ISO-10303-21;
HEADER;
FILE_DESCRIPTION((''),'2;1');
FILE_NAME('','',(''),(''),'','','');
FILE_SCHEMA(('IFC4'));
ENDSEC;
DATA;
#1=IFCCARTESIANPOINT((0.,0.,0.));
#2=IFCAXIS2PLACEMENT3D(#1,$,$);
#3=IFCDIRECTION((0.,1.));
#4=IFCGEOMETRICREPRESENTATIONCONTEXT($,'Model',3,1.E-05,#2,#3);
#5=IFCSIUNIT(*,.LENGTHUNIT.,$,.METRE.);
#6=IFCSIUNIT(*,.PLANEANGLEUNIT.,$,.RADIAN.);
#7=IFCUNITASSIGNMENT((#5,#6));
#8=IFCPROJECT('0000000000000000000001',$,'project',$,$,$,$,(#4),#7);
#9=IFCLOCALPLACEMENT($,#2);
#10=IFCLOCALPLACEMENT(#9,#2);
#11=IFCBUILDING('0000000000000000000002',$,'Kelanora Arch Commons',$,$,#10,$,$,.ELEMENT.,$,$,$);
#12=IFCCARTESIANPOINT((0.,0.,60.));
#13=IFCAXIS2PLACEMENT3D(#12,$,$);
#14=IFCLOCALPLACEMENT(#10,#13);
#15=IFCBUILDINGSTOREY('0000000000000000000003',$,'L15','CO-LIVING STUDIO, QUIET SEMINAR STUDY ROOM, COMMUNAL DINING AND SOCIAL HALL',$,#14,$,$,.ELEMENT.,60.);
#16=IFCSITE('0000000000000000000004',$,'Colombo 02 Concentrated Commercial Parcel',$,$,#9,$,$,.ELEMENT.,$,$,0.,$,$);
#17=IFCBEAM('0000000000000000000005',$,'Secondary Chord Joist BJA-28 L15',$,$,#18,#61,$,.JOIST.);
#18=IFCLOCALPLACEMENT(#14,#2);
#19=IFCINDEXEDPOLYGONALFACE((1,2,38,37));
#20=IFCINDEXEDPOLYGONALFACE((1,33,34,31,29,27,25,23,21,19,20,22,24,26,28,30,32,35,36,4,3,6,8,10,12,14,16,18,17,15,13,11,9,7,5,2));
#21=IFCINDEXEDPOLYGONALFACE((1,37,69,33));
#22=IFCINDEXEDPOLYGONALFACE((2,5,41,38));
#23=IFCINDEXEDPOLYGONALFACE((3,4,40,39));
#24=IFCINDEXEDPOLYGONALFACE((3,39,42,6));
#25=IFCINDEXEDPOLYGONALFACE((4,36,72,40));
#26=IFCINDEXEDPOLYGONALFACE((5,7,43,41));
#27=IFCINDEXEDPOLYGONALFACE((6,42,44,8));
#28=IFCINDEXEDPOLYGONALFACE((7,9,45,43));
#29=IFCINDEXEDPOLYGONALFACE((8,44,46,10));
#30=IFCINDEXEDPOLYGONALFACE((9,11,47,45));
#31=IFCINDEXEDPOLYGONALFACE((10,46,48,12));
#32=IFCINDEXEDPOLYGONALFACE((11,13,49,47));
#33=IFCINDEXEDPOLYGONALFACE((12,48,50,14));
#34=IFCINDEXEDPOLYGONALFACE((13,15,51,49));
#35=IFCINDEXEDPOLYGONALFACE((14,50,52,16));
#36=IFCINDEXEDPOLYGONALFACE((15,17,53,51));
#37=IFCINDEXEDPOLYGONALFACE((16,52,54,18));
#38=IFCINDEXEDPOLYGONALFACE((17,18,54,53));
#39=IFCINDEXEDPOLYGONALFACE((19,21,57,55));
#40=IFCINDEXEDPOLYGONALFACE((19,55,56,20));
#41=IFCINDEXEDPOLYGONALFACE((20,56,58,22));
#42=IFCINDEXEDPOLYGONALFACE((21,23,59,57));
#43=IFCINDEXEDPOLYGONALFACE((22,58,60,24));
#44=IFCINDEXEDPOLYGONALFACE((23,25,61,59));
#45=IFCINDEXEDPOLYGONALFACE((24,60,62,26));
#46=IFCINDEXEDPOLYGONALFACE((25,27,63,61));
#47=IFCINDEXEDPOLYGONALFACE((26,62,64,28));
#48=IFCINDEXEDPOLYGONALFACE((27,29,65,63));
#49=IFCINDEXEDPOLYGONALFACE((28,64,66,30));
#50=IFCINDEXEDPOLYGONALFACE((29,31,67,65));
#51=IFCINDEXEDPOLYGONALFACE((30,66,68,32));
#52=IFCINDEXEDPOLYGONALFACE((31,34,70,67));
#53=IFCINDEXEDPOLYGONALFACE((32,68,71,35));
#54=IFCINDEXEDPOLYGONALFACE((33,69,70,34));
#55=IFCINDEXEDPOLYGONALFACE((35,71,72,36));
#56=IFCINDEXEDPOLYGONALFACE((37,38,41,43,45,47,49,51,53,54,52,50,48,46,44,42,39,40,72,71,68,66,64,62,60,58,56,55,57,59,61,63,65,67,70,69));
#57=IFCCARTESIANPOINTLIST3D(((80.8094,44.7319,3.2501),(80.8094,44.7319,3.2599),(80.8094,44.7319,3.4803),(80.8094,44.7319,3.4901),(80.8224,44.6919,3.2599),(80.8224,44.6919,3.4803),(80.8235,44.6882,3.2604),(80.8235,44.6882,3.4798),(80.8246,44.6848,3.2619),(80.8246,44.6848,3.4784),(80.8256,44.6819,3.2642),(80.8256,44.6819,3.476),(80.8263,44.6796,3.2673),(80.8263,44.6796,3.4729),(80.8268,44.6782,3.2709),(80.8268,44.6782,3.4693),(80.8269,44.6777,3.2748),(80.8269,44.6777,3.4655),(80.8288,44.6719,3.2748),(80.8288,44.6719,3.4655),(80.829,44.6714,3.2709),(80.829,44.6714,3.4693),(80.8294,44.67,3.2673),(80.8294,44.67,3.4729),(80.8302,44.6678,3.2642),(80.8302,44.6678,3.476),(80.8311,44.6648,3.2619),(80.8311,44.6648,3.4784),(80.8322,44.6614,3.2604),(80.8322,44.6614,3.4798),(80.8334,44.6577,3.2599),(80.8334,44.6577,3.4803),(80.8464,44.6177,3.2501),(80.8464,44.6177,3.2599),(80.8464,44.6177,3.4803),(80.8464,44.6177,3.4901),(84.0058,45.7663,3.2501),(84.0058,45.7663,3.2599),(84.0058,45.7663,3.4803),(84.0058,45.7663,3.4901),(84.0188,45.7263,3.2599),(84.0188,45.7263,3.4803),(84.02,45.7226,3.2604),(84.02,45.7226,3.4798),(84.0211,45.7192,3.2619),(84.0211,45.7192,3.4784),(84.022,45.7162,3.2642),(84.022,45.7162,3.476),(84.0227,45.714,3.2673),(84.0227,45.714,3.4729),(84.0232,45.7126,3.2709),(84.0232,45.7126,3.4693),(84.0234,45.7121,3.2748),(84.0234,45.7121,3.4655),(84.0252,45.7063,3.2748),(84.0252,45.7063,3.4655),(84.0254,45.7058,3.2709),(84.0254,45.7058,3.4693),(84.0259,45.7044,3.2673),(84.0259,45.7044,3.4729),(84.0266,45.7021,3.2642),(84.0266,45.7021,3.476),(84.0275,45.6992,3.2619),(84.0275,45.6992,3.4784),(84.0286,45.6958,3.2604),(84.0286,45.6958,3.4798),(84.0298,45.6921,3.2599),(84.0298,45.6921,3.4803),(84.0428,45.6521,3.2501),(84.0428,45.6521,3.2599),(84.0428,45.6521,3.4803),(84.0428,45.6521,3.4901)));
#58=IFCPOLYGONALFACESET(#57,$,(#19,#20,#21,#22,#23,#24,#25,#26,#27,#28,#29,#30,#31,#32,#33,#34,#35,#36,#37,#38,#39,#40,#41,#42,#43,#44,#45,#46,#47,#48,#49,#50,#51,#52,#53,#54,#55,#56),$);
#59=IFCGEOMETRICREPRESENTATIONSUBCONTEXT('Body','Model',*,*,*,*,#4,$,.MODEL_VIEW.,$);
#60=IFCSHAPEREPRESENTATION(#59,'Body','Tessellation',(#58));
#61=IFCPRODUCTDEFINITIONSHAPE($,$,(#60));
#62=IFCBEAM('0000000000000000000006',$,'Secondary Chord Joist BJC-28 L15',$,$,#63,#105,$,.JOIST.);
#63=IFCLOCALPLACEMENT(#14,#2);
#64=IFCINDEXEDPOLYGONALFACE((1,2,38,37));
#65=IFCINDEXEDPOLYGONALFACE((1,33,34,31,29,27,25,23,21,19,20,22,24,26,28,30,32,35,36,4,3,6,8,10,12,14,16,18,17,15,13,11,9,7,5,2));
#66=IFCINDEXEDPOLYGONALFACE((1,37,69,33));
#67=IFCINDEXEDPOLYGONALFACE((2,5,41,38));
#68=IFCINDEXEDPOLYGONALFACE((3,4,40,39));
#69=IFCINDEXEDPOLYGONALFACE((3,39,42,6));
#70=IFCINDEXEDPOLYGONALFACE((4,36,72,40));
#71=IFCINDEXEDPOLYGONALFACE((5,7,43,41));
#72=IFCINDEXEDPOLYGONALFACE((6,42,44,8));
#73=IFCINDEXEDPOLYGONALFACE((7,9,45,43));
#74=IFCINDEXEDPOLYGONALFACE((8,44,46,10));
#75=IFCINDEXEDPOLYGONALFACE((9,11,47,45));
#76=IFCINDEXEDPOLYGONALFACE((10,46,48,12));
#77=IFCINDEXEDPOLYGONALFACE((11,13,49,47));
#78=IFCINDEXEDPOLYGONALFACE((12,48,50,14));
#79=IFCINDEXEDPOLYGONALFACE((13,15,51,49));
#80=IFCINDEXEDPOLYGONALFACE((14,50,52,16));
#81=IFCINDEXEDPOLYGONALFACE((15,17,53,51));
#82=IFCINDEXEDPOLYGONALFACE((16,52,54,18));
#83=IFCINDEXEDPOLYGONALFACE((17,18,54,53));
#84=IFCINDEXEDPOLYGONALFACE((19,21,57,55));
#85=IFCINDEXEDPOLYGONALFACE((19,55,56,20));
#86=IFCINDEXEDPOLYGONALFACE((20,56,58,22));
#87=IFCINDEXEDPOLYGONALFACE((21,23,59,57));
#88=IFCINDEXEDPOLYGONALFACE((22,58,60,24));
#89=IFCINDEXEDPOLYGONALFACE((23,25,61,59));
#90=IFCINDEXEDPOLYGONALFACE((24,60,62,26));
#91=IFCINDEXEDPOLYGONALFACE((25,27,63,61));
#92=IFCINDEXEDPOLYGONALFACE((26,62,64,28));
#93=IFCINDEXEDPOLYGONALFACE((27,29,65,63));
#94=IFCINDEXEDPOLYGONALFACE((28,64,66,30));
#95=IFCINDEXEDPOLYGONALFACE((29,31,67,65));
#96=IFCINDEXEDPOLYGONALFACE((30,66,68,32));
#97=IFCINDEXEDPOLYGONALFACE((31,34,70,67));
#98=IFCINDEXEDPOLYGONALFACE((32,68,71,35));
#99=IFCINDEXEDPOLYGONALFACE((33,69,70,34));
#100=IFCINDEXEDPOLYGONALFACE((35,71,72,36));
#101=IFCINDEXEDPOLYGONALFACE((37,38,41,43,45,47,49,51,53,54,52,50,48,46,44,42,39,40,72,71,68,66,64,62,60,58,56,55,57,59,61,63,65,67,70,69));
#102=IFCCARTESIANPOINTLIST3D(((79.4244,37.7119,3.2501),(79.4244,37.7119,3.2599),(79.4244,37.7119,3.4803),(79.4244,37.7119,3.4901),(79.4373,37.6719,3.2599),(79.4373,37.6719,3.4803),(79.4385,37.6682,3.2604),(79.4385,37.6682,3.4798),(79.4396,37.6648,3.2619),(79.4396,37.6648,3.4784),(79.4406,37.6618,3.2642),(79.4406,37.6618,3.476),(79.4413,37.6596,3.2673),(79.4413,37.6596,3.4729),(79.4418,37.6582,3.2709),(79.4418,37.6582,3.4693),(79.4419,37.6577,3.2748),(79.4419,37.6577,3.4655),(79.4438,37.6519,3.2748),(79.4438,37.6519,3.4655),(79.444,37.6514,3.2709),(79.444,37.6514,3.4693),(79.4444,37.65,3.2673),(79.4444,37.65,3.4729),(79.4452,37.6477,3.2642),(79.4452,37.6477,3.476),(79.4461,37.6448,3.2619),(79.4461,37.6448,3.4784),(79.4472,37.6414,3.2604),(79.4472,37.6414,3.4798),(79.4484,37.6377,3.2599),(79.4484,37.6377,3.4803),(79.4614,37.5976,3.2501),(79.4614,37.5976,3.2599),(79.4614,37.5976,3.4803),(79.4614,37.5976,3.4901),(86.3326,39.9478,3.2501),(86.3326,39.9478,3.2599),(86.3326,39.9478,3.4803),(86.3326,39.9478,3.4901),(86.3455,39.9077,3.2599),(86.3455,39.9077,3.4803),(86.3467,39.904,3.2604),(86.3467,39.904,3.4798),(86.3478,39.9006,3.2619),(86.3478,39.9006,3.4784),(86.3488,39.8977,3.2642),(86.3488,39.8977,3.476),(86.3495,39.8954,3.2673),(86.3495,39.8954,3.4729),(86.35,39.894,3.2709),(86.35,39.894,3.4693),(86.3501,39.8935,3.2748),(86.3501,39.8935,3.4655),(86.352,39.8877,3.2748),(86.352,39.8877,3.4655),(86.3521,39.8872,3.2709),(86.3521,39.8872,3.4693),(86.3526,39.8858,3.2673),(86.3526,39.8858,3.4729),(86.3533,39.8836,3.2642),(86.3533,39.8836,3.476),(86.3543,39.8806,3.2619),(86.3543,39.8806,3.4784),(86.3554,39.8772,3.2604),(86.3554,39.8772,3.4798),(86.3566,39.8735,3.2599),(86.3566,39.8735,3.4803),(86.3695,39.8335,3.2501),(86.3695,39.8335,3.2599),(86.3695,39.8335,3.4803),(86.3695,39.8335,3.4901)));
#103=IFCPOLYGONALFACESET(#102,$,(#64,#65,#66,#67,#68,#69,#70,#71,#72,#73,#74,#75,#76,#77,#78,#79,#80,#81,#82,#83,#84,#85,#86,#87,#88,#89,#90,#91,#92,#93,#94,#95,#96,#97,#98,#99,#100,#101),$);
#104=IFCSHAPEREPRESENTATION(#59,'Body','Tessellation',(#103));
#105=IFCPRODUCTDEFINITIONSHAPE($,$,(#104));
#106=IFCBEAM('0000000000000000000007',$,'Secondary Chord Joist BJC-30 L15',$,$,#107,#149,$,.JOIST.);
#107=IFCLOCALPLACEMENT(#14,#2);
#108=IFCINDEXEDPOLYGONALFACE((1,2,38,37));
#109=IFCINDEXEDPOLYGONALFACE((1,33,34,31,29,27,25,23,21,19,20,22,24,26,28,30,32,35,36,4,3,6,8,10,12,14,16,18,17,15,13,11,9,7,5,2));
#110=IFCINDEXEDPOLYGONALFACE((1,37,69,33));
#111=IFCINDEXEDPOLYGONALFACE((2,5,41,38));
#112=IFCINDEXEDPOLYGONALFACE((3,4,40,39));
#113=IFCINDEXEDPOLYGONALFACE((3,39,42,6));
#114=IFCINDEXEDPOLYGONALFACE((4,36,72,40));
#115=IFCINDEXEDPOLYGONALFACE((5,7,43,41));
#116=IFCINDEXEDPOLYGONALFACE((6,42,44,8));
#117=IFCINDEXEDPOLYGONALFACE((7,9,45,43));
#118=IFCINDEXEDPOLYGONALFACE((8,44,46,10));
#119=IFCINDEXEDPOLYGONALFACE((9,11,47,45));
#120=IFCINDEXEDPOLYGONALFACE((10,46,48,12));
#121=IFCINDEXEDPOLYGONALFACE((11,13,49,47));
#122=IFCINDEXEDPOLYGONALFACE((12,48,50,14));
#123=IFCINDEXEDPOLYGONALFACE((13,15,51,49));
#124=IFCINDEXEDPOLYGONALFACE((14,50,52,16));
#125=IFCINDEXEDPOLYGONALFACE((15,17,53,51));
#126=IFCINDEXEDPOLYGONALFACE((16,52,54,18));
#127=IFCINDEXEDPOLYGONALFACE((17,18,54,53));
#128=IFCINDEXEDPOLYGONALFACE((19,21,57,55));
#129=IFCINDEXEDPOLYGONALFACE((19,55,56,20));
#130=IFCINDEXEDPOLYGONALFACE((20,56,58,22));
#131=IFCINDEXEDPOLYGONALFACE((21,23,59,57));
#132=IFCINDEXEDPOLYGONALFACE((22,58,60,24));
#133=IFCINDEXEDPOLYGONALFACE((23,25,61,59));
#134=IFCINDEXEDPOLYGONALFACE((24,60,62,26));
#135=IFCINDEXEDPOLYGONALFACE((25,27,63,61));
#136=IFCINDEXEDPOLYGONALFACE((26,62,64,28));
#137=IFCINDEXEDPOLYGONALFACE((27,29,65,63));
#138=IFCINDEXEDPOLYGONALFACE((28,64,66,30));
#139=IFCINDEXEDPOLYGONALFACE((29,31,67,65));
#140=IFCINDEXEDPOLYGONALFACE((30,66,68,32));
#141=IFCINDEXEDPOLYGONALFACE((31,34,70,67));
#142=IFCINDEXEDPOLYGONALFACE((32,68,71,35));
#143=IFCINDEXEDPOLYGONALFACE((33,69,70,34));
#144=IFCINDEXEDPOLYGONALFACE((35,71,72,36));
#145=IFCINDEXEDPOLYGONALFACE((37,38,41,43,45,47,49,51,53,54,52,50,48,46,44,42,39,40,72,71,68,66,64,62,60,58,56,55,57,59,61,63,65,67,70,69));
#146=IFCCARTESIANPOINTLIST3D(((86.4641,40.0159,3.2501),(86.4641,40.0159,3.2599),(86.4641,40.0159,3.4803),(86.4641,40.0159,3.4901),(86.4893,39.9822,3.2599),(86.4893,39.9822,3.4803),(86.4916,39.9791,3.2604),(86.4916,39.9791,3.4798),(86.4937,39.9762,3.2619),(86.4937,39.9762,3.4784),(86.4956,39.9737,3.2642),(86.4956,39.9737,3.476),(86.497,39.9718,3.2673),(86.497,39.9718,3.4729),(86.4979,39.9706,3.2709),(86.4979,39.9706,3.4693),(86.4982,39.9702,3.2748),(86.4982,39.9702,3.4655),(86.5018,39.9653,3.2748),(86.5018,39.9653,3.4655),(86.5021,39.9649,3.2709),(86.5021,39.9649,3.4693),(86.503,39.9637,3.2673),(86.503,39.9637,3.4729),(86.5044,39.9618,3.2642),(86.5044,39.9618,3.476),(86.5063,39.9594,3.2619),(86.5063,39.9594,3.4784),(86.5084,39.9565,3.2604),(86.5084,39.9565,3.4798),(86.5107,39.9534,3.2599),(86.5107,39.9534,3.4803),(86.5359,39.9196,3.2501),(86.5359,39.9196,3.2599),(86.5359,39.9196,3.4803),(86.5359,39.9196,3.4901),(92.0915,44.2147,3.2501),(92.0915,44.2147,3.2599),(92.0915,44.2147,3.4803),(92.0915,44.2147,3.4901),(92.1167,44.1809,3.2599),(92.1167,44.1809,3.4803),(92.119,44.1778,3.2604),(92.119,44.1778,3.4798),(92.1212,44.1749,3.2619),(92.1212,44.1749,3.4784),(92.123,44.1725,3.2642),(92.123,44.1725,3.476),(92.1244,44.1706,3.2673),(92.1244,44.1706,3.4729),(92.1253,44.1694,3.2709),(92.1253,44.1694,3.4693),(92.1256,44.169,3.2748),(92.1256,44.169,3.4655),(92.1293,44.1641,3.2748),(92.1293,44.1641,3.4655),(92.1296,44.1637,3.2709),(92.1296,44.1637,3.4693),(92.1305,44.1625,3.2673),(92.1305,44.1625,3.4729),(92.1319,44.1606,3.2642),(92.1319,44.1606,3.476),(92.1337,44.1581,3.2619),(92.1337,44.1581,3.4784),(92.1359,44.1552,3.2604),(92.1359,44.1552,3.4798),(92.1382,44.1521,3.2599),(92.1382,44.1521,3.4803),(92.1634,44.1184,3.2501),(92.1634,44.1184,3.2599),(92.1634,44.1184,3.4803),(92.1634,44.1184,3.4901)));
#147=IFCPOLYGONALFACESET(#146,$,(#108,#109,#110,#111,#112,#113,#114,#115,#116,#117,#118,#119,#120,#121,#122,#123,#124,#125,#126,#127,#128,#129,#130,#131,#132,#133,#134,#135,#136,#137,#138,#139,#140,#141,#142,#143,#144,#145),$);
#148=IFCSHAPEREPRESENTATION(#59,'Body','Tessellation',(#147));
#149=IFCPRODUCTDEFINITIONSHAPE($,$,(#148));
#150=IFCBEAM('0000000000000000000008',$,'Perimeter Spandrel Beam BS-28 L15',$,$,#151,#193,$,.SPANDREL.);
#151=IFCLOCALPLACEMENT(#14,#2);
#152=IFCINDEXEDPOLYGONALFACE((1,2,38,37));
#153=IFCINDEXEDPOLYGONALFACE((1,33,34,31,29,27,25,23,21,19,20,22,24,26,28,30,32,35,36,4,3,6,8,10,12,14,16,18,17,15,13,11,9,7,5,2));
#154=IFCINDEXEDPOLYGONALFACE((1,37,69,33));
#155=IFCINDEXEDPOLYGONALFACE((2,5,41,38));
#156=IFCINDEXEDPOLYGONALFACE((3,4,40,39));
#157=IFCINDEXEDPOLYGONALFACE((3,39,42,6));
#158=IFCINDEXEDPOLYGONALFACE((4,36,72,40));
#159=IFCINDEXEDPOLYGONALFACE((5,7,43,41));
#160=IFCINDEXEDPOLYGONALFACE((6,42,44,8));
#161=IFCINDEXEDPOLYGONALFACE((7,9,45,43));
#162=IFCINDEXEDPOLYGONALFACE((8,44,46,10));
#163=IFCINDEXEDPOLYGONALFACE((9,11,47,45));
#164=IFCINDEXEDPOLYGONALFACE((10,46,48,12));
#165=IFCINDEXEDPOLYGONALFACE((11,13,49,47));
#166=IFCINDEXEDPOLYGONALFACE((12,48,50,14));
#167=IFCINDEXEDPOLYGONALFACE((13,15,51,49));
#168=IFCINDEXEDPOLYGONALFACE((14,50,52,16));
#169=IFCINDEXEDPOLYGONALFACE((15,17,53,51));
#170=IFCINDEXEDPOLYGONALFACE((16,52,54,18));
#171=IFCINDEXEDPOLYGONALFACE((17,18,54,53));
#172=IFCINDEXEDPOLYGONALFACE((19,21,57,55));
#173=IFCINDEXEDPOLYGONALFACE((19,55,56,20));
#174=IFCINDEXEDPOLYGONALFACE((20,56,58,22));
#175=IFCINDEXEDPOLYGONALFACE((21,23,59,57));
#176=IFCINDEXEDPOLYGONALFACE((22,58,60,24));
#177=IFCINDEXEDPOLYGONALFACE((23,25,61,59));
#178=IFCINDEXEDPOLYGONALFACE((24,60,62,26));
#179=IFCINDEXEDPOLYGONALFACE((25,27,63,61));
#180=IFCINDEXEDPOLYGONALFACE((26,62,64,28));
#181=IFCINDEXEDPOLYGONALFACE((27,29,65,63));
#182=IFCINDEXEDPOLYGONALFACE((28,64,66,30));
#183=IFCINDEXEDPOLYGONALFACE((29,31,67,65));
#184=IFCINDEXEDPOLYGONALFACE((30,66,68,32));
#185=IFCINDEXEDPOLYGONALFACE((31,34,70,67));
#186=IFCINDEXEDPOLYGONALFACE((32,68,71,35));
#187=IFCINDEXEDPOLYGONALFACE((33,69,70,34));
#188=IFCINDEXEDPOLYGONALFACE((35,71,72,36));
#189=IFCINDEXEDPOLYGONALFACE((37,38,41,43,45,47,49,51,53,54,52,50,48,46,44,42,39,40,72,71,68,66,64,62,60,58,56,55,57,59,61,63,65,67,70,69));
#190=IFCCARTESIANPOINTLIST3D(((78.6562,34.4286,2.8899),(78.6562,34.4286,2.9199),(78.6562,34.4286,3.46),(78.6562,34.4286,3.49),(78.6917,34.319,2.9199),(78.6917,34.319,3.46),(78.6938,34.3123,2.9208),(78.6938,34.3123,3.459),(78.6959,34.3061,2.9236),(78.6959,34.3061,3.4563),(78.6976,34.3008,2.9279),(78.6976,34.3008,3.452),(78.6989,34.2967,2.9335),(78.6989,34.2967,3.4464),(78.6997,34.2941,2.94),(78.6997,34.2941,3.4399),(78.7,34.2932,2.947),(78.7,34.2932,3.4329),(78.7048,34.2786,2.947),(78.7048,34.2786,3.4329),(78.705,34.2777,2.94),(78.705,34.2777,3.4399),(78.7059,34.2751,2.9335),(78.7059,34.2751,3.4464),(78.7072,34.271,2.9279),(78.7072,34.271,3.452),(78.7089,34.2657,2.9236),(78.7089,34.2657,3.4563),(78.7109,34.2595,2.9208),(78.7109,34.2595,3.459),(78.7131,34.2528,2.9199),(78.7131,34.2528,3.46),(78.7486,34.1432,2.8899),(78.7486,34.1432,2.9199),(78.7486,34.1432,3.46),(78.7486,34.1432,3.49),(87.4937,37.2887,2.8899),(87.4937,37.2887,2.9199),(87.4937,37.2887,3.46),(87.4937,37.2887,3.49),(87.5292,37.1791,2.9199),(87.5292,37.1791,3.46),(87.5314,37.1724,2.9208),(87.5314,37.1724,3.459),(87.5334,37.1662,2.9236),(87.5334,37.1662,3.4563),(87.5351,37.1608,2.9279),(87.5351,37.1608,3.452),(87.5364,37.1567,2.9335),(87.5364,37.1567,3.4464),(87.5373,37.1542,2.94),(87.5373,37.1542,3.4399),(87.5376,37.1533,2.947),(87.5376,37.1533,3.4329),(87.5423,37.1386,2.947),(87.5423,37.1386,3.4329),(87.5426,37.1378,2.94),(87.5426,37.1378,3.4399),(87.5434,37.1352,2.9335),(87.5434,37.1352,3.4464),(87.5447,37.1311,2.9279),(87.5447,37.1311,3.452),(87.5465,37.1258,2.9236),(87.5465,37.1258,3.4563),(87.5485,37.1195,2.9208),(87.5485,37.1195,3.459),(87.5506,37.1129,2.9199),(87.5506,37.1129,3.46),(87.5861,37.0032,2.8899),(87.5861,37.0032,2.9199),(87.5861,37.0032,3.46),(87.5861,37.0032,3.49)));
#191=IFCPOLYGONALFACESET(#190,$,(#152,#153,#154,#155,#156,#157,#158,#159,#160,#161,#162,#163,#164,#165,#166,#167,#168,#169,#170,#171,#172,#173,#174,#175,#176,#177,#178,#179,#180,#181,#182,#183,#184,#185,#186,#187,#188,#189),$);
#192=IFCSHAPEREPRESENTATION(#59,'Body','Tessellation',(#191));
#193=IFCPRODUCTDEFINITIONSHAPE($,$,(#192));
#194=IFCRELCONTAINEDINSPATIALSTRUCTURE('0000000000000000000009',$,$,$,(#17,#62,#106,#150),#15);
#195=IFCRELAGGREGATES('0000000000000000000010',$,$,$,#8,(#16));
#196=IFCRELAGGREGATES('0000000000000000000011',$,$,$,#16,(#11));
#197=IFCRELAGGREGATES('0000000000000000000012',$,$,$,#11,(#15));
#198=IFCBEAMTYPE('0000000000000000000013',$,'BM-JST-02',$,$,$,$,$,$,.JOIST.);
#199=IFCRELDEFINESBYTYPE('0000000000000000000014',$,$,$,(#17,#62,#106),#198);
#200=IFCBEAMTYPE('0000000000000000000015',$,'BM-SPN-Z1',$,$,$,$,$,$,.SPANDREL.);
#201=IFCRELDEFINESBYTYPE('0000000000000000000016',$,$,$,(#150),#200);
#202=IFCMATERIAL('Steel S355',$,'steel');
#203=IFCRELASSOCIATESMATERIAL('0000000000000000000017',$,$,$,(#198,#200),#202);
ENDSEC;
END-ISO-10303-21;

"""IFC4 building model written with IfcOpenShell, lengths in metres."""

from ifc_helpers import new_model, si_unit, direction, frame, origin, origin_2d, place, context, subcontext, project, spatial, i_section, extrude, material, material_profile, profile_set, type_object, element, save


model = new_model("IFC4")

# Units and contexts
model_context = context("Model", 3, precision=1e-05, world=origin(), true_north=direction((0.0, 1.0)))
body_context = subcontext(model_context, "Body", "Model", "MODEL_VIEW")
ifc_project = project(units=[si_unit("LENGTHUNIT", "METRE"), si_unit("PLANEANGLEUNIT", "RADIAN")], contexts=[model_context])

# Site, building, storey
site_placement = place(None, origin())
site = spatial("IfcSite", under=ifc_project, at=site_placement, Name="Colombo 02 Concentrated Commercial Parcel", CompositionType="ELEMENT", RefElevation=0.0)
building_placement = place(site_placement, origin())
building = spatial("IfcBuilding", under=site, at=building_placement, Name="Kelanora Arch Commons", CompositionType="ELEMENT")
storey_placement = place(building_placement, frame((0.0, 0.0, 60.0)))
storey = spatial("IfcBuildingStorey", under=building, at=storey_placement, Name="L15", Description="CO-LIVING STUDIO, QUIET SEMINAR STUDY ROOM, COMMUNAL DINING AND SOCIAL HALL", CompositionType="ELEMENT", Elevation=60.0)

# Beams
ifc_material_1 = material(Name="Steel S355", Category="steel")
ifc_material_profile_1 = material_profile(ifc_material_1, i_section(OverallWidth=0.1201, OverallDepth=0.24, WebThickness=0.0061, FlangeThickness=0.0098, FilletRadius=0.0149, at=origin_2d()), Name="IPE240")
ifc_profile_set_1 = profile_set([ifc_material_profile_1], Name="Steel S355")
beam_type_1 = type_object("IfcBeamType", Name="BM-JST-02", PredefinedType="JOIST", material=ifc_profile_set_1)
beam_1_placement = place(storey_placement, frame((80.8279, 44.6748, 3.3701), z_axis=(0.951423, 0.307888, 0.0), x_axis=(-0.307888, 0.951423, 0.0)))
element("IfcBeam", 1, at=beam_1_placement, inside=storey, type_object=beam_type_1, Name="Secondary Chord Joist BJA-28 L15", PredefinedType="JOIST", context=body_context, shape_type="SweptSolid", body=[
    extrude(i_section(OverallWidth=0.1201, OverallDepth=0.24, WebThickness=0.0061, FlangeThickness=0.0098, FilletRadius=0.0149, at=origin_2d()), origin(), (0.0, 0.0, 1.0), 3.3596),
])
beam_2_placement = place(storey_placement, frame((79.4429, 37.6548, 3.3701), z_axis=(0.951411, 0.307924, 0.0), x_axis=(-0.307924, 0.951411, 0.0)))
element("IfcBeam", 2, at=beam_2_placement, inside=storey, type_object=beam_type_1, Name="Secondary Chord Joist BJC-28 L15", PredefinedType="JOIST", context=body_context, shape_type="SweptSolid", body=[
    extrude(i_section(OverallWidth=0.1201, OverallDepth=0.24, WebThickness=0.0061, FlangeThickness=0.0098, FilletRadius=0.0149, at=origin_2d()), origin(), (0.0, 0.0, 1.0), 7.261),
])
beam_3_placement = place(storey_placement, frame((86.5, 39.9678, 3.3701), z_axis=(0.801491, 0.598006, 0.0), x_axis=(-0.598006, 0.801491, 0.0)))
element("IfcBeam", 3, at=beam_3_placement, inside=storey, type_object=beam_type_1, Name="Secondary Chord Joist BJC-30 L15", PredefinedType="JOIST", context=body_context, shape_type="SweptSolid", body=[
    extrude(i_section(OverallWidth=0.1201, OverallDepth=0.24, WebThickness=0.0061, FlangeThickness=0.0098, FilletRadius=0.0149, at=origin_2d()), origin(), (0.0, 0.0, 1.0), 7.0212),
])
ifc_material_profile_2 = material_profile(ifc_material_1, i_section(OverallWidth=0.3, OverallDepth=0.6001, WebThickness=0.0154, FlangeThickness=0.03, FilletRadius=0.0271, at=origin_2d()), Name="HEB600")
ifc_profile_set_2 = profile_set([ifc_material_profile_2], Name="Steel S355")
beam_type_2 = type_object("IfcBeamType", Name="BM-SPN-Z1", PredefinedType="SPANDREL", material=ifc_profile_set_2)
beam_4_placement = place(storey_placement, frame((78.7024, 34.2859, 3.1899), z_axis=(0.951417, 0.307905, 0.0), x_axis=(-0.307905, 0.951417, 0.0)))
element("IfcBeam", 4, at=beam_4_placement, inside=storey, type_object=beam_type_2, Name="Perimeter Spandrel Beam BS-28 L15", PredefinedType="SPANDREL", context=body_context, shape_type="SweptSolid", body=[
    extrude(i_section(OverallWidth=0.3, OverallDepth=0.6001, WebThickness=0.0154, FlangeThickness=0.03, FilletRadius=0.0271, at=origin_2d()), origin(), (0.0, 0.0, 1.0), 9.2888),
])

save(model, "model.ifc")
